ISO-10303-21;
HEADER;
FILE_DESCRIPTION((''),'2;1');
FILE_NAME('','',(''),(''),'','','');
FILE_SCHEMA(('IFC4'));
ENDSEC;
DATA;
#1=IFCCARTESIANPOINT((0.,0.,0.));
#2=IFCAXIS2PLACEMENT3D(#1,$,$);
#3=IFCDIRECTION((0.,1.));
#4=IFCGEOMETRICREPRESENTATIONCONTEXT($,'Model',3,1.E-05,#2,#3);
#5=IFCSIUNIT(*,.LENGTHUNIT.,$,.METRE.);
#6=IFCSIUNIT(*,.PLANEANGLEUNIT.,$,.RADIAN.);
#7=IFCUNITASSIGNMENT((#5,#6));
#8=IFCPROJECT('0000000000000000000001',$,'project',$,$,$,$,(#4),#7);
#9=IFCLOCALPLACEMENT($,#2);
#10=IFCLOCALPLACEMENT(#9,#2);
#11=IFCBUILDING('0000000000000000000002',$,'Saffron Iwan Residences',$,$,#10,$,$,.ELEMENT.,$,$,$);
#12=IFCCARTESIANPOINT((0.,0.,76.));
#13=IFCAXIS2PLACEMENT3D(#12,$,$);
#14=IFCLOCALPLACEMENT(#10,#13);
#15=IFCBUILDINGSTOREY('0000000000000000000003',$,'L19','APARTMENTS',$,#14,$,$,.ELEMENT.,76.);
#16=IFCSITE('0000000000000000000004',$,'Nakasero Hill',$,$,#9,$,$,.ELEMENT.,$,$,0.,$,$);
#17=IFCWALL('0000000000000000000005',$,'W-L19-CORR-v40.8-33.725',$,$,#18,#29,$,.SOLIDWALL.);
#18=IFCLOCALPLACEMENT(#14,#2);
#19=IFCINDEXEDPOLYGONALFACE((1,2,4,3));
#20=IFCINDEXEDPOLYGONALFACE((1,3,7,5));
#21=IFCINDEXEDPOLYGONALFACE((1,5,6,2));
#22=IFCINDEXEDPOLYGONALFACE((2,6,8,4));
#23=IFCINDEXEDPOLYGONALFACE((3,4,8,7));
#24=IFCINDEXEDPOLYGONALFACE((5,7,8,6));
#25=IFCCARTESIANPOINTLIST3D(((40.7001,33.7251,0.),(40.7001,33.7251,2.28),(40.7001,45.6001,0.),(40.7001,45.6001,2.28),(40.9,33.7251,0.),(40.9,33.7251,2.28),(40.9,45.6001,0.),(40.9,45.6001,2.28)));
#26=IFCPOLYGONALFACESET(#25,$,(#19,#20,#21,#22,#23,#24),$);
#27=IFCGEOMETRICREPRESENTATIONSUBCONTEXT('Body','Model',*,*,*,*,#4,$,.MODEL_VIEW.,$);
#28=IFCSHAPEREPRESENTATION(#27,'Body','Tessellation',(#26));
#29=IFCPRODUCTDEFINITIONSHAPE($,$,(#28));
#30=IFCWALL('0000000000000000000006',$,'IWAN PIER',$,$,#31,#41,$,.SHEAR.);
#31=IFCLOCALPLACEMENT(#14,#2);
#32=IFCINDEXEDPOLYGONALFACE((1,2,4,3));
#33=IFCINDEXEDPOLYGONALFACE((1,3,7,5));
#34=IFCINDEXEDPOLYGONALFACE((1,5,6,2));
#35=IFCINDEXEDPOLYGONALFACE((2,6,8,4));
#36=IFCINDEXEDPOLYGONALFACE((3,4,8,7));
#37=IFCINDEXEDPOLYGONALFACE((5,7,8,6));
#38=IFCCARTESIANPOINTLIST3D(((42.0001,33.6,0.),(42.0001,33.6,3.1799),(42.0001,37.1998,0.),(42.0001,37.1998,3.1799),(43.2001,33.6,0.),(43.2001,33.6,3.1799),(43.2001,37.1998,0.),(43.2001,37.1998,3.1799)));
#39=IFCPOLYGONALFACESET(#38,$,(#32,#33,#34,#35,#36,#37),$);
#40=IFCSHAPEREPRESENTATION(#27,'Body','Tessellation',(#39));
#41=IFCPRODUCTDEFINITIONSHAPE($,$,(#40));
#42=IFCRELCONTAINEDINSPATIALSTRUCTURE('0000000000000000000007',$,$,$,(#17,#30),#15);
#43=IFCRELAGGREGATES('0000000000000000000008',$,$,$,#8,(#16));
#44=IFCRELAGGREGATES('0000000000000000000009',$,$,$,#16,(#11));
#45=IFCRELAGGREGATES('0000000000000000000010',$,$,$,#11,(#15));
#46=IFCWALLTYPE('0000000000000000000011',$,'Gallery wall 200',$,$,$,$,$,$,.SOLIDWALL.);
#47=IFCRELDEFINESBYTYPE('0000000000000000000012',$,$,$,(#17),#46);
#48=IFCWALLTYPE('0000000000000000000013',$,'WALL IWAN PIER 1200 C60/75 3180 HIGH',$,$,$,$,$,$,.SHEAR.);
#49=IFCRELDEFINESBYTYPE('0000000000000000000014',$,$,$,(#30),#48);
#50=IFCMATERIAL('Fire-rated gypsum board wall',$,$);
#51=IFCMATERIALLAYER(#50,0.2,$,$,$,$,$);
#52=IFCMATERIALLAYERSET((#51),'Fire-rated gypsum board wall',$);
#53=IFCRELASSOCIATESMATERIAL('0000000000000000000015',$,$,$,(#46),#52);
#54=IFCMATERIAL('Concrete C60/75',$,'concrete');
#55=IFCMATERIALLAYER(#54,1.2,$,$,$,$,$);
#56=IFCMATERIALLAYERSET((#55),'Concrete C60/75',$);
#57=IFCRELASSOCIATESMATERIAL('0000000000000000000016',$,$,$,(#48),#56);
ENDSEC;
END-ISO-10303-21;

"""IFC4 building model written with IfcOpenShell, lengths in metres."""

from ifc_helpers import new_model, si_unit, direction, frame, frame_2d, origin, place, context, subcontext, project, spatial, rectangle, extrude, material, layer, layer_set, type_object, element, save


model = new_model("IFC4")

# Units and contexts
model_context = context("Model", 3, precision=1e-05, world=origin(), true_north=direction((0.0, 1.0)))
body_context = subcontext(model_context, "Body", "Model", "MODEL_VIEW")
ifc_project = project(units=[si_unit("LENGTHUNIT", "METRE"), si_unit("PLANEANGLEUNIT", "RADIAN")], contexts=[model_context])

# Site, building, storey
site_placement = place(None, origin())
site = spatial("IfcSite", under=ifc_project, at=site_placement, Name="Nakasero Hill", CompositionType="ELEMENT", RefElevation=0.0)
building_placement = place(site_placement, origin())
building = spatial("IfcBuilding", under=site, at=building_placement, Name="Saffron Iwan Residences", CompositionType="ELEMENT")
storey_placement = place(building_placement, frame((0.0, 0.0, 76.0)))
storey = spatial("IfcBuildingStorey", under=building, at=storey_placement, Name="L19", Description="APARTMENTS", CompositionType="ELEMENT", Elevation=76.0)

# Shared definitions
ifc_material_1 = material(Name="Concrete C60/75", Category="concrete")

# Walls
ifc_material_2 = material(Name="Fire-rated gypsum board wall")
ifc_layer_1 = layer(ifc_material_2, 0.2)
ifc_layer_set_1 = layer_set([ifc_layer_1], Name="Fire-rated gypsum board wall")
wall_type_1 = type_object("IfcWallType", Name="Gallery wall 200", PredefinedType="SOLIDWALL", material=ifc_layer_set_1)
wall_1_placement = place(storey_placement, frame((40.8, 33.7251, 0.0), z_axis=(0.0, 0.0, 1.0), x_axis=(0.0, 1.0, 0.0)))
element("IfcWall", 1, at=wall_1_placement, inside=storey, type_object=wall_type_1, Name="W-L19-CORR-v40.8-33.725", PredefinedType="SOLIDWALL", context=body_context, shape_type="SweptSolid", body=[
    extrude(rectangle(XDim=11.875, YDim=0.2, at=frame_2d((5.9375, 0.0))), origin(), (0.0, 0.0, 1.0), 2.28),
])
ifc_layer_2 = layer(ifc_material_1, 1.2)
ifc_layer_set_2 = layer_set([ifc_layer_2], Name="Concrete C60/75")
wall_type_2 = type_object("IfcWallType", Name="WALL IWAN PIER 1200 C60/75 3180 HIGH", PredefinedType="SHEAR", material=ifc_layer_set_2)
wall_2_placement = place(storey_placement, frame((42.6001, 33.6001, 0.0), z_axis=(0.0, 0.0, 1.0), x_axis=(0.0, 1.0, 0.0)))
element("IfcWall", 2, at=wall_2_placement, inside=storey, type_object=wall_type_2, Name="IWAN PIER", PredefinedType="SHEAR", context=body_context, shape_type="SweptSolid", body=[
    extrude(rectangle(XDim=3.5999, YDim=1.2, at=frame_2d((1.7998, 0.0))), origin(), (0.0, 0.0, 1.0), 3.1799),
])

save(model, "model.ifc")
